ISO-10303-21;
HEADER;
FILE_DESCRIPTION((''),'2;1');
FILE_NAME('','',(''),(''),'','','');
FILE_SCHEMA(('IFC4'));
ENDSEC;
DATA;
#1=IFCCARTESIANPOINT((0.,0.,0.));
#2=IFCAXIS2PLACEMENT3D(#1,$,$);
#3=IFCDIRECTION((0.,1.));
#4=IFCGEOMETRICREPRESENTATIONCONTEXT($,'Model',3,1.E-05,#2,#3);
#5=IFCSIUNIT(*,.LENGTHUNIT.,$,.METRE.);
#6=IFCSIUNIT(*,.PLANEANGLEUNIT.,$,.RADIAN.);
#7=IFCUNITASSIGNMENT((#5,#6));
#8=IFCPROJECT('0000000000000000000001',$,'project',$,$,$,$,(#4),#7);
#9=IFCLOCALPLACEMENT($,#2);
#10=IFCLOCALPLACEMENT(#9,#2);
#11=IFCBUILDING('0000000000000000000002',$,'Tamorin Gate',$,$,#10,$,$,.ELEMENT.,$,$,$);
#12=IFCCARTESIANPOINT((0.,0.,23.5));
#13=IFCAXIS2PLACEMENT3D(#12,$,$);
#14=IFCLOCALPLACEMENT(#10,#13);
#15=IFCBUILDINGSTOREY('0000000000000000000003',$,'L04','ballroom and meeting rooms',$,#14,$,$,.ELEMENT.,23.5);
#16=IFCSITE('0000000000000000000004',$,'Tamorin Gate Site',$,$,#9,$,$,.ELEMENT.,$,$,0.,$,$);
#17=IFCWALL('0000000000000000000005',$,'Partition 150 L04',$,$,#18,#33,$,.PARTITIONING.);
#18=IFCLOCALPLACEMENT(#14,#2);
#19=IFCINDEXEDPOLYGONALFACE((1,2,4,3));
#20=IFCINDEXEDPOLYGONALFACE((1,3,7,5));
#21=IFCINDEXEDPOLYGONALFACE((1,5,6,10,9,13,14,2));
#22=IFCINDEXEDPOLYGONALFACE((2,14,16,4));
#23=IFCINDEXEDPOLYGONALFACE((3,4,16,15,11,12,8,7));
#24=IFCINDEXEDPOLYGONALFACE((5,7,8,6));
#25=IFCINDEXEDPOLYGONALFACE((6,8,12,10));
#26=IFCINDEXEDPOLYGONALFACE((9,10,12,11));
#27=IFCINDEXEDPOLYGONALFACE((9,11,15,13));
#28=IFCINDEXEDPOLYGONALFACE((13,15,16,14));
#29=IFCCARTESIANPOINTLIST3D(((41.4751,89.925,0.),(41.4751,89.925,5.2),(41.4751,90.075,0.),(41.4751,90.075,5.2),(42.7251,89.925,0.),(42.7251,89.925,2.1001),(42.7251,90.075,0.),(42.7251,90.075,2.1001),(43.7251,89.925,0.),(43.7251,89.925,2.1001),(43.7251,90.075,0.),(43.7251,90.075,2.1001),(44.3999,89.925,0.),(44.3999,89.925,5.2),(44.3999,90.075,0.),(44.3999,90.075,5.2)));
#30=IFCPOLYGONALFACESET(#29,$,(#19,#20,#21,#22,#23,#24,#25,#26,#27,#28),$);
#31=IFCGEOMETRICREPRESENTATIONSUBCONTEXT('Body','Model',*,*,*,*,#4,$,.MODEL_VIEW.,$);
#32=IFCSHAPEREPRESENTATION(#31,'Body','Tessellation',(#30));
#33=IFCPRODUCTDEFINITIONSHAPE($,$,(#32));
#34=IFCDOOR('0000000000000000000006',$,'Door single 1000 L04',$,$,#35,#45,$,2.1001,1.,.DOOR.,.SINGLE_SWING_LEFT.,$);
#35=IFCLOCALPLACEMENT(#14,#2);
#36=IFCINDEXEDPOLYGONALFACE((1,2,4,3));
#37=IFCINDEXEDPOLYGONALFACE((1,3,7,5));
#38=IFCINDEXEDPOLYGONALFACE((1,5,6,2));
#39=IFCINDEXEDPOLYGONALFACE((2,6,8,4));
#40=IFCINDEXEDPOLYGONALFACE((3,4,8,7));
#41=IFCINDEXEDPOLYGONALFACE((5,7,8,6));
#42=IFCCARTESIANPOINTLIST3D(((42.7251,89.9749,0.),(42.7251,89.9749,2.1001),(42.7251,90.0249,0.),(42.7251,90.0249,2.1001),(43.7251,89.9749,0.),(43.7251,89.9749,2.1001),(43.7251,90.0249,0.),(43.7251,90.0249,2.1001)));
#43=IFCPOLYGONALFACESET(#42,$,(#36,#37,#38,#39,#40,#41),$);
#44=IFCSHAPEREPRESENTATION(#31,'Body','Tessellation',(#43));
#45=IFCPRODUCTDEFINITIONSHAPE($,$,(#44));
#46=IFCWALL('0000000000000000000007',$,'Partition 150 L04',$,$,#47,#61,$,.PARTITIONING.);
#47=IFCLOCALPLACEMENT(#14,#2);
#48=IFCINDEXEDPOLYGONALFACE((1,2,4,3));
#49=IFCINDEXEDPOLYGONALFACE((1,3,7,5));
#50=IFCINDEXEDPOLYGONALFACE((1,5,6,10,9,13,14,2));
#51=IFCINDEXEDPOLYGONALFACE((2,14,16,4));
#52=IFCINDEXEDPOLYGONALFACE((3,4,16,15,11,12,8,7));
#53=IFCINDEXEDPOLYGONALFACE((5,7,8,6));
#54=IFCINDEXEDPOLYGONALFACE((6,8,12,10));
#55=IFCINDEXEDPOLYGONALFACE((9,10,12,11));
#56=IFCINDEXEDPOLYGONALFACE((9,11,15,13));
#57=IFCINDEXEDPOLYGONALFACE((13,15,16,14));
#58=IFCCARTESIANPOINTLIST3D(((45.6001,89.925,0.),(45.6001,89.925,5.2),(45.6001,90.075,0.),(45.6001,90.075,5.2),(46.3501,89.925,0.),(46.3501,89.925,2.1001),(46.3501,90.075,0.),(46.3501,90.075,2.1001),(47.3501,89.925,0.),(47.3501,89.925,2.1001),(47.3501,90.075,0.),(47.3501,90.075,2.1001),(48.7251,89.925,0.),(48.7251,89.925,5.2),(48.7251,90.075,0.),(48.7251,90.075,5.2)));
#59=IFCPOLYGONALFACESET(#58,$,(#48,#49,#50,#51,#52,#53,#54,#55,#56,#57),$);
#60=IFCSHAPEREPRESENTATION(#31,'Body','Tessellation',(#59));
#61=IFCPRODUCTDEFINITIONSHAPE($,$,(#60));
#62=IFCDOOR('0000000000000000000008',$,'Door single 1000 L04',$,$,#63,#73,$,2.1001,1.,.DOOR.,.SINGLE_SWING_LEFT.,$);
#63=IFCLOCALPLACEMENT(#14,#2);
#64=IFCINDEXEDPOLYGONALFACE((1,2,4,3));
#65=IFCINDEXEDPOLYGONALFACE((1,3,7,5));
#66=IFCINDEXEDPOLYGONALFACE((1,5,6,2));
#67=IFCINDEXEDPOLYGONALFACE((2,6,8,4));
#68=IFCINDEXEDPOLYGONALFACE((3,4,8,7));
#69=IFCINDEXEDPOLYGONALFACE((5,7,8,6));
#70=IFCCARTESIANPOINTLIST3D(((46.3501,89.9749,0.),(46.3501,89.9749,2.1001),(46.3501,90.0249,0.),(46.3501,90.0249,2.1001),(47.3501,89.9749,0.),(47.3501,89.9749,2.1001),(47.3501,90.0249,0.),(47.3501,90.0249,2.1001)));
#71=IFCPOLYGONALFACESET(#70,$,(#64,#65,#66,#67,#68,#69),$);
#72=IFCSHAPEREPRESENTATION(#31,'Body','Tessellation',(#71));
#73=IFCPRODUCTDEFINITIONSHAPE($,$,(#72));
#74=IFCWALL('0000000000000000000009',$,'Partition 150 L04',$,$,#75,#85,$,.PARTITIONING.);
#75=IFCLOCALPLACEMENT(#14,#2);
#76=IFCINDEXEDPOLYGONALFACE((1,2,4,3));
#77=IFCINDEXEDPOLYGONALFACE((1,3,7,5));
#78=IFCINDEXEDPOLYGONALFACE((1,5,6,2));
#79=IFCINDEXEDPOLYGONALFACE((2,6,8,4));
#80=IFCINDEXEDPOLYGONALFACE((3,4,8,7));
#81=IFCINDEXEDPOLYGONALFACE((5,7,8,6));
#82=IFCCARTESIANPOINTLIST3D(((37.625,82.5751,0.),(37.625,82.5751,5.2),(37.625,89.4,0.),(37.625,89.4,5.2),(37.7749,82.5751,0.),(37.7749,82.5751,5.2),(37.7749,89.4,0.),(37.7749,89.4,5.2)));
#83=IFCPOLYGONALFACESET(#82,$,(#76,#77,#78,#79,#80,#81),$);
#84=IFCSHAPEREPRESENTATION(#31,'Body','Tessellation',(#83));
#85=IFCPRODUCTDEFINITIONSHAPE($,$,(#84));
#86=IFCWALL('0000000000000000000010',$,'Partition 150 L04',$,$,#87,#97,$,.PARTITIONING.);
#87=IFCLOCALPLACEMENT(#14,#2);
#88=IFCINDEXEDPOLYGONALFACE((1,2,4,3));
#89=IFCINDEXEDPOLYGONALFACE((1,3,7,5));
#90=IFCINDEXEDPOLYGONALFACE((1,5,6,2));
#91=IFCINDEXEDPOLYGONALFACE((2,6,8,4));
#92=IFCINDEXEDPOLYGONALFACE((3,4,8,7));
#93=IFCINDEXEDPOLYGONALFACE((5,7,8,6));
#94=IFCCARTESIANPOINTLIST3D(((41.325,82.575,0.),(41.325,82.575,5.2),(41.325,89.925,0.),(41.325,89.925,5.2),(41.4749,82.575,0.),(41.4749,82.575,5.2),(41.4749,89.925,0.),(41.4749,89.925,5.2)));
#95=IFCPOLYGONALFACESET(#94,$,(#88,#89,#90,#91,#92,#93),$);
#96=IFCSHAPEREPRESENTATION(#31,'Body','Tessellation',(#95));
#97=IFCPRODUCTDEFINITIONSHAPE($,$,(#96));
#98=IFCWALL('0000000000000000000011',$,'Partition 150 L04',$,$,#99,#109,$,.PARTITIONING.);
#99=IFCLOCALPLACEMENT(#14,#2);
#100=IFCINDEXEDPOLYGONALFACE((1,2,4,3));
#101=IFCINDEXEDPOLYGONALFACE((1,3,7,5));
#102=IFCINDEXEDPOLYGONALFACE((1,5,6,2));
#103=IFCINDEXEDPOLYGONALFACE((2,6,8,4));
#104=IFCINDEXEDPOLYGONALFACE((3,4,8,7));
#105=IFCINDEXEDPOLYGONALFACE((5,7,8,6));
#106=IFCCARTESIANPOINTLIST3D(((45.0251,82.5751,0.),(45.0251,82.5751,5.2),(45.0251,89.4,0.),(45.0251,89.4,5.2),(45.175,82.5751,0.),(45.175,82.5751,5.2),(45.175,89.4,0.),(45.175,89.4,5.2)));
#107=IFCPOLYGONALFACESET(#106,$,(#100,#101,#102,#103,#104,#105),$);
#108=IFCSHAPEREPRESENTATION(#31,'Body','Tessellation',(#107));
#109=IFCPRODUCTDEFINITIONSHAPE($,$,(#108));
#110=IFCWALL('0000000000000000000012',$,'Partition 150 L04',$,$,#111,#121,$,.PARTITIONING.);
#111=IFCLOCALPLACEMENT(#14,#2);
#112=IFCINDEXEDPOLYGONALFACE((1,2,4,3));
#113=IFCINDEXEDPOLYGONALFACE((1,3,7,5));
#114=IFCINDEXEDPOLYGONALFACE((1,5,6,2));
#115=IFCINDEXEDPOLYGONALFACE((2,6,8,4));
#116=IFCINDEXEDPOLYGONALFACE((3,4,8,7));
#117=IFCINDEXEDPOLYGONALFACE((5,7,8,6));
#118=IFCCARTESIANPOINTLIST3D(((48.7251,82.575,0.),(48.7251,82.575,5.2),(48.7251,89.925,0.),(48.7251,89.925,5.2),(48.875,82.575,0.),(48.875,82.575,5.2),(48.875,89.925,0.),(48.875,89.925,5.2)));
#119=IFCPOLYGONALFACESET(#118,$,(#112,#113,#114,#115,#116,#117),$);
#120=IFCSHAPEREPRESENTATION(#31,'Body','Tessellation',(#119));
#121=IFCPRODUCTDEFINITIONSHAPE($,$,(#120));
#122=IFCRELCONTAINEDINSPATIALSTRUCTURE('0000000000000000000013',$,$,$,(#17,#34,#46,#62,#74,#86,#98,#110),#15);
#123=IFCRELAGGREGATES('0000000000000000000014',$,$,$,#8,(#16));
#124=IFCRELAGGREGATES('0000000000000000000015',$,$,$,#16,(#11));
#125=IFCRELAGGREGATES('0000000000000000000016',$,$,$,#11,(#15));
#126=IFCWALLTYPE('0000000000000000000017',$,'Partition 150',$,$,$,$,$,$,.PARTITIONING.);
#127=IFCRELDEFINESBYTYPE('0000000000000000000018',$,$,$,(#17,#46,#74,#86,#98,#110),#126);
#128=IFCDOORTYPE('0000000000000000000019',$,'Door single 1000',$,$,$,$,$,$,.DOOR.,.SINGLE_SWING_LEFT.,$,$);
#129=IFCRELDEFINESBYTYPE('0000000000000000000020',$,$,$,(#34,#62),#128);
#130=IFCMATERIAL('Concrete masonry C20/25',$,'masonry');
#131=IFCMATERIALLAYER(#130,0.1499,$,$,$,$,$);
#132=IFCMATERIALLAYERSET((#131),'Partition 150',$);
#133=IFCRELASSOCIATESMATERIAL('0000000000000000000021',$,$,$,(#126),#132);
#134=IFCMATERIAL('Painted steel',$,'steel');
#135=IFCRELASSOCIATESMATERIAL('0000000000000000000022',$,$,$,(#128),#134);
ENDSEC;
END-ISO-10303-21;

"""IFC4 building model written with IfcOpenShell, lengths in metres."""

from ifc_helpers import new_model, si_unit, direction, frame, frame_2d, origin, place, context, subcontext, project, spatial, rectangle, extrude, material, layer, layer_set, type_object, element, fill, save


model = new_model("IFC4")

# Units and contexts
model_context = context("Model", 3, precision=1e-05, world=origin(), true_north=direction((0.0, 1.0)))
body_context = subcontext(model_context, "Body", "Model", "MODEL_VIEW")
ifc_project = project(units=[si_unit("LENGTHUNIT", "METRE"), si_unit("PLANEANGLEUNIT", "RADIAN")], contexts=[model_context])

# Site, building, storey
site_placement = place(None, origin())
site = spatial("IfcSite", under=ifc_project, at=site_placement, Name="Tamorin Gate Site", CompositionType="ELEMENT", RefElevation=0.0)
building_placement = place(site_placement, origin())
building = spatial("IfcBuilding", under=site, at=building_placement, Name="Tamorin Gate", CompositionType="ELEMENT")
storey_placement = place(building_placement, frame((0.0, 0.0, 23.5)))
storey = spatial("IfcBuildingStorey", under=building, at=storey_placement, Name="L04", Description="ballroom and meeting rooms", CompositionType="ELEMENT", Elevation=23.5)

# Walls, openings, doors
ifc_material_1 = material(Name="Concrete masonry C20/25", Category="masonry")
ifc_layer_1 = layer(ifc_material_1, 0.1499)
ifc_layer_set_1 = layer_set([ifc_layer_1], Name="Partition 150")
wall_type_1 = type_object("IfcWallType", Name="Partition 150", PredefinedType="PARTITIONING", material=ifc_layer_set_1)
ifc_material_2 = material(Name="Painted steel", Category="steel")
door_type_1 = type_object("IfcDoorType", Name="Door single 1000", OperationType="SINGLE_SWING_LEFT", PredefinedType="DOOR", material=ifc_material_2)
wall_1_placement = place(storey_placement, frame((41.4751, 90.0, 0.0), z_axis=(0.0, 0.0, 1.0), x_axis=(1.0, 0.0, 0.0)))
wall_1 = element("IfcWall", 1, at=wall_1_placement, inside=storey, type_object=wall_type_1, Name="Partition 150 L04", PredefinedType="PARTITIONING", context=body_context, shape_type="SweptSolid", body=[
    extrude(rectangle(XDim=2.9248, YDim=0.1499, at=frame_2d((1.4624, 0.0))), origin(), (0.0, 0.0, 1.0), 5.2),
])
opening_1_placement = place(wall_1_placement, frame((1.25, 0.0, 0.0)))
opening_1 = element("IfcOpeningElement", 2, at=opening_1_placement, cuts=wall_1, PredefinedType="OPENING", context=body_context, shape_type="SweptSolid", body=[
    extrude(rectangle(XDim=1.0, YDim=2.1001, at=frame_2d((0.5, 1.05))), frame((0.0, 0.085, 0.0), z_axis=(0.0, -1.0, 0.0), x_axis=(1.0, 0.0, 0.0)), (0.0, 0.0, 1.0), 0.1699),
])
door_1_placement = place(opening_1_placement, origin())
door_1 = element("IfcDoor", 3, at=door_1_placement, inside=storey, type_object=door_type_1, Name="Door single 1000 L04", OperationType="SINGLE_SWING_LEFT", OverallHeight=2.1001, OverallWidth=1.0, PredefinedType="DOOR", context=body_context, shape_type="SweptSolid", body=[
    extrude(rectangle(XDim=1.0, YDim=2.1001, at=frame_2d((0.5, 1.05))), frame((0.0, 0.0249, 0.0), z_axis=(0.0, -1.0, 0.0), x_axis=(1.0, 0.0, 0.0)), (0.0, 0.0, 1.0), 0.05),
])
fill(opening_1, door_1)
wall_2_placement = place(storey_placement, frame((45.6001, 90.0, 0.0), z_axis=(0.0, 0.0, 1.0), x_axis=(1.0, 0.0, 0.0)))
wall_2 = element("IfcWall", 4, at=wall_2_placement, inside=storey, type_object=wall_type_1, Name="Partition 150 L04", PredefinedType="PARTITIONING", context=body_context, shape_type="SweptSolid", body=[
    extrude(rectangle(XDim=3.125, YDim=0.1499, at=frame_2d((1.5625, 0.0))), origin(), (0.0, 0.0, 1.0), 5.2),
])
opening_2_placement = place(wall_2_placement, frame((0.75, 0.0, 0.0)))
opening_2 = element("IfcOpeningElement", 5, at=opening_2_placement, cuts=wall_2, PredefinedType="OPENING", context=body_context, shape_type="SweptSolid", body=[
    extrude(rectangle(XDim=1.0, YDim=2.1001, at=frame_2d((0.5, 1.05))), frame((0.0, 0.085, 0.0), z_axis=(0.0, -1.0, 0.0), x_axis=(1.0, 0.0, 0.0)), (0.0, 0.0, 1.0), 0.1699),
])
door_2_placement = place(opening_2_placement, origin())
door_2 = element("IfcDoor", 6, at=door_2_placement, inside=storey, type_object=door_type_1, Name="Door single 1000 L04", OperationType="SINGLE_SWING_LEFT", OverallHeight=2.1001, OverallWidth=1.0, PredefinedType="DOOR", context=body_context, shape_type="SweptSolid", body=[
    extrude(rectangle(XDim=1.0, YDim=2.1001, at=frame_2d((0.5, 1.05))), frame((0.0, 0.0249, 0.0), z_axis=(0.0, -1.0, 0.0), x_axis=(1.0, 0.0, 0.0)), (0.0, 0.0, 1.0), 0.05),
])
fill(opening_2, door_2)

# Walls
wall_3_placement = place(storey_placement, frame((37.7, 82.575, 0.0), z_axis=(0.0, 0.0, 1.0), x_axis=(0.0, 1.0, 0.0)))
element("IfcWall", 7, at=wall_3_placement, inside=storey, type_object=wall_type_1, Name="Partition 150 L04", PredefinedType="PARTITIONING", context=body_context, shape_type="SweptSolid", body=[
    extrude(rectangle(XDim=6.825, YDim=0.1499, at=frame_2d((3.4126, 0.0))), origin(), (0.0, 0.0, 1.0), 5.2),
])
wall_4_placement = place(storey_placement, frame((41.3999, 82.575, 0.0), z_axis=(0.0, 0.0, 1.0), x_axis=(0.0, 1.0, 0.0)))
element("IfcWall", 8, at=wall_4_placement, inside=storey, type_object=wall_type_1, Name="Partition 150 L04", PredefinedType="PARTITIONING", context=body_context, shape_type="SweptSolid", body=[
    extrude(rectangle(XDim=7.3501, YDim=0.1499, at=frame_2d((3.675, 0.0))), origin(), (0.0, 0.0, 1.0), 5.2),
])
wall_5_placement = place(storey_placement, frame((45.1001, 82.575, 0.0), z_axis=(0.0, 0.0, 1.0), x_axis=(0.0, 1.0, 0.0)))
element("IfcWall", 9, at=wall_5_placement, inside=storey, type_object=wall_type_1, Name="Partition 150 L04", PredefinedType="PARTITIONING", context=body_context, shape_type="SweptSolid", body=[
    extrude(rectangle(XDim=6.825, YDim=0.1499, at=frame_2d((3.4126, 0.0))), origin(), (0.0, 0.0, 1.0), 5.2),
])
wall_6_placement = place(storey_placement, frame((48.8, 82.575, 0.0), z_axis=(0.0, 0.0, 1.0), x_axis=(0.0, 1.0, 0.0)))
element("IfcWall", 10, at=wall_6_placement, inside=storey, type_object=wall_type_1, Name="Partition 150 L04", PredefinedType="PARTITIONING", context=body_context, shape_type="SweptSolid", body=[
    extrude(rectangle(XDim=7.3501, YDim=0.1499, at=frame_2d((3.675, 0.0))), origin(), (0.0, 0.0, 1.0), 5.2),
])

save(model, "model.ifc")
